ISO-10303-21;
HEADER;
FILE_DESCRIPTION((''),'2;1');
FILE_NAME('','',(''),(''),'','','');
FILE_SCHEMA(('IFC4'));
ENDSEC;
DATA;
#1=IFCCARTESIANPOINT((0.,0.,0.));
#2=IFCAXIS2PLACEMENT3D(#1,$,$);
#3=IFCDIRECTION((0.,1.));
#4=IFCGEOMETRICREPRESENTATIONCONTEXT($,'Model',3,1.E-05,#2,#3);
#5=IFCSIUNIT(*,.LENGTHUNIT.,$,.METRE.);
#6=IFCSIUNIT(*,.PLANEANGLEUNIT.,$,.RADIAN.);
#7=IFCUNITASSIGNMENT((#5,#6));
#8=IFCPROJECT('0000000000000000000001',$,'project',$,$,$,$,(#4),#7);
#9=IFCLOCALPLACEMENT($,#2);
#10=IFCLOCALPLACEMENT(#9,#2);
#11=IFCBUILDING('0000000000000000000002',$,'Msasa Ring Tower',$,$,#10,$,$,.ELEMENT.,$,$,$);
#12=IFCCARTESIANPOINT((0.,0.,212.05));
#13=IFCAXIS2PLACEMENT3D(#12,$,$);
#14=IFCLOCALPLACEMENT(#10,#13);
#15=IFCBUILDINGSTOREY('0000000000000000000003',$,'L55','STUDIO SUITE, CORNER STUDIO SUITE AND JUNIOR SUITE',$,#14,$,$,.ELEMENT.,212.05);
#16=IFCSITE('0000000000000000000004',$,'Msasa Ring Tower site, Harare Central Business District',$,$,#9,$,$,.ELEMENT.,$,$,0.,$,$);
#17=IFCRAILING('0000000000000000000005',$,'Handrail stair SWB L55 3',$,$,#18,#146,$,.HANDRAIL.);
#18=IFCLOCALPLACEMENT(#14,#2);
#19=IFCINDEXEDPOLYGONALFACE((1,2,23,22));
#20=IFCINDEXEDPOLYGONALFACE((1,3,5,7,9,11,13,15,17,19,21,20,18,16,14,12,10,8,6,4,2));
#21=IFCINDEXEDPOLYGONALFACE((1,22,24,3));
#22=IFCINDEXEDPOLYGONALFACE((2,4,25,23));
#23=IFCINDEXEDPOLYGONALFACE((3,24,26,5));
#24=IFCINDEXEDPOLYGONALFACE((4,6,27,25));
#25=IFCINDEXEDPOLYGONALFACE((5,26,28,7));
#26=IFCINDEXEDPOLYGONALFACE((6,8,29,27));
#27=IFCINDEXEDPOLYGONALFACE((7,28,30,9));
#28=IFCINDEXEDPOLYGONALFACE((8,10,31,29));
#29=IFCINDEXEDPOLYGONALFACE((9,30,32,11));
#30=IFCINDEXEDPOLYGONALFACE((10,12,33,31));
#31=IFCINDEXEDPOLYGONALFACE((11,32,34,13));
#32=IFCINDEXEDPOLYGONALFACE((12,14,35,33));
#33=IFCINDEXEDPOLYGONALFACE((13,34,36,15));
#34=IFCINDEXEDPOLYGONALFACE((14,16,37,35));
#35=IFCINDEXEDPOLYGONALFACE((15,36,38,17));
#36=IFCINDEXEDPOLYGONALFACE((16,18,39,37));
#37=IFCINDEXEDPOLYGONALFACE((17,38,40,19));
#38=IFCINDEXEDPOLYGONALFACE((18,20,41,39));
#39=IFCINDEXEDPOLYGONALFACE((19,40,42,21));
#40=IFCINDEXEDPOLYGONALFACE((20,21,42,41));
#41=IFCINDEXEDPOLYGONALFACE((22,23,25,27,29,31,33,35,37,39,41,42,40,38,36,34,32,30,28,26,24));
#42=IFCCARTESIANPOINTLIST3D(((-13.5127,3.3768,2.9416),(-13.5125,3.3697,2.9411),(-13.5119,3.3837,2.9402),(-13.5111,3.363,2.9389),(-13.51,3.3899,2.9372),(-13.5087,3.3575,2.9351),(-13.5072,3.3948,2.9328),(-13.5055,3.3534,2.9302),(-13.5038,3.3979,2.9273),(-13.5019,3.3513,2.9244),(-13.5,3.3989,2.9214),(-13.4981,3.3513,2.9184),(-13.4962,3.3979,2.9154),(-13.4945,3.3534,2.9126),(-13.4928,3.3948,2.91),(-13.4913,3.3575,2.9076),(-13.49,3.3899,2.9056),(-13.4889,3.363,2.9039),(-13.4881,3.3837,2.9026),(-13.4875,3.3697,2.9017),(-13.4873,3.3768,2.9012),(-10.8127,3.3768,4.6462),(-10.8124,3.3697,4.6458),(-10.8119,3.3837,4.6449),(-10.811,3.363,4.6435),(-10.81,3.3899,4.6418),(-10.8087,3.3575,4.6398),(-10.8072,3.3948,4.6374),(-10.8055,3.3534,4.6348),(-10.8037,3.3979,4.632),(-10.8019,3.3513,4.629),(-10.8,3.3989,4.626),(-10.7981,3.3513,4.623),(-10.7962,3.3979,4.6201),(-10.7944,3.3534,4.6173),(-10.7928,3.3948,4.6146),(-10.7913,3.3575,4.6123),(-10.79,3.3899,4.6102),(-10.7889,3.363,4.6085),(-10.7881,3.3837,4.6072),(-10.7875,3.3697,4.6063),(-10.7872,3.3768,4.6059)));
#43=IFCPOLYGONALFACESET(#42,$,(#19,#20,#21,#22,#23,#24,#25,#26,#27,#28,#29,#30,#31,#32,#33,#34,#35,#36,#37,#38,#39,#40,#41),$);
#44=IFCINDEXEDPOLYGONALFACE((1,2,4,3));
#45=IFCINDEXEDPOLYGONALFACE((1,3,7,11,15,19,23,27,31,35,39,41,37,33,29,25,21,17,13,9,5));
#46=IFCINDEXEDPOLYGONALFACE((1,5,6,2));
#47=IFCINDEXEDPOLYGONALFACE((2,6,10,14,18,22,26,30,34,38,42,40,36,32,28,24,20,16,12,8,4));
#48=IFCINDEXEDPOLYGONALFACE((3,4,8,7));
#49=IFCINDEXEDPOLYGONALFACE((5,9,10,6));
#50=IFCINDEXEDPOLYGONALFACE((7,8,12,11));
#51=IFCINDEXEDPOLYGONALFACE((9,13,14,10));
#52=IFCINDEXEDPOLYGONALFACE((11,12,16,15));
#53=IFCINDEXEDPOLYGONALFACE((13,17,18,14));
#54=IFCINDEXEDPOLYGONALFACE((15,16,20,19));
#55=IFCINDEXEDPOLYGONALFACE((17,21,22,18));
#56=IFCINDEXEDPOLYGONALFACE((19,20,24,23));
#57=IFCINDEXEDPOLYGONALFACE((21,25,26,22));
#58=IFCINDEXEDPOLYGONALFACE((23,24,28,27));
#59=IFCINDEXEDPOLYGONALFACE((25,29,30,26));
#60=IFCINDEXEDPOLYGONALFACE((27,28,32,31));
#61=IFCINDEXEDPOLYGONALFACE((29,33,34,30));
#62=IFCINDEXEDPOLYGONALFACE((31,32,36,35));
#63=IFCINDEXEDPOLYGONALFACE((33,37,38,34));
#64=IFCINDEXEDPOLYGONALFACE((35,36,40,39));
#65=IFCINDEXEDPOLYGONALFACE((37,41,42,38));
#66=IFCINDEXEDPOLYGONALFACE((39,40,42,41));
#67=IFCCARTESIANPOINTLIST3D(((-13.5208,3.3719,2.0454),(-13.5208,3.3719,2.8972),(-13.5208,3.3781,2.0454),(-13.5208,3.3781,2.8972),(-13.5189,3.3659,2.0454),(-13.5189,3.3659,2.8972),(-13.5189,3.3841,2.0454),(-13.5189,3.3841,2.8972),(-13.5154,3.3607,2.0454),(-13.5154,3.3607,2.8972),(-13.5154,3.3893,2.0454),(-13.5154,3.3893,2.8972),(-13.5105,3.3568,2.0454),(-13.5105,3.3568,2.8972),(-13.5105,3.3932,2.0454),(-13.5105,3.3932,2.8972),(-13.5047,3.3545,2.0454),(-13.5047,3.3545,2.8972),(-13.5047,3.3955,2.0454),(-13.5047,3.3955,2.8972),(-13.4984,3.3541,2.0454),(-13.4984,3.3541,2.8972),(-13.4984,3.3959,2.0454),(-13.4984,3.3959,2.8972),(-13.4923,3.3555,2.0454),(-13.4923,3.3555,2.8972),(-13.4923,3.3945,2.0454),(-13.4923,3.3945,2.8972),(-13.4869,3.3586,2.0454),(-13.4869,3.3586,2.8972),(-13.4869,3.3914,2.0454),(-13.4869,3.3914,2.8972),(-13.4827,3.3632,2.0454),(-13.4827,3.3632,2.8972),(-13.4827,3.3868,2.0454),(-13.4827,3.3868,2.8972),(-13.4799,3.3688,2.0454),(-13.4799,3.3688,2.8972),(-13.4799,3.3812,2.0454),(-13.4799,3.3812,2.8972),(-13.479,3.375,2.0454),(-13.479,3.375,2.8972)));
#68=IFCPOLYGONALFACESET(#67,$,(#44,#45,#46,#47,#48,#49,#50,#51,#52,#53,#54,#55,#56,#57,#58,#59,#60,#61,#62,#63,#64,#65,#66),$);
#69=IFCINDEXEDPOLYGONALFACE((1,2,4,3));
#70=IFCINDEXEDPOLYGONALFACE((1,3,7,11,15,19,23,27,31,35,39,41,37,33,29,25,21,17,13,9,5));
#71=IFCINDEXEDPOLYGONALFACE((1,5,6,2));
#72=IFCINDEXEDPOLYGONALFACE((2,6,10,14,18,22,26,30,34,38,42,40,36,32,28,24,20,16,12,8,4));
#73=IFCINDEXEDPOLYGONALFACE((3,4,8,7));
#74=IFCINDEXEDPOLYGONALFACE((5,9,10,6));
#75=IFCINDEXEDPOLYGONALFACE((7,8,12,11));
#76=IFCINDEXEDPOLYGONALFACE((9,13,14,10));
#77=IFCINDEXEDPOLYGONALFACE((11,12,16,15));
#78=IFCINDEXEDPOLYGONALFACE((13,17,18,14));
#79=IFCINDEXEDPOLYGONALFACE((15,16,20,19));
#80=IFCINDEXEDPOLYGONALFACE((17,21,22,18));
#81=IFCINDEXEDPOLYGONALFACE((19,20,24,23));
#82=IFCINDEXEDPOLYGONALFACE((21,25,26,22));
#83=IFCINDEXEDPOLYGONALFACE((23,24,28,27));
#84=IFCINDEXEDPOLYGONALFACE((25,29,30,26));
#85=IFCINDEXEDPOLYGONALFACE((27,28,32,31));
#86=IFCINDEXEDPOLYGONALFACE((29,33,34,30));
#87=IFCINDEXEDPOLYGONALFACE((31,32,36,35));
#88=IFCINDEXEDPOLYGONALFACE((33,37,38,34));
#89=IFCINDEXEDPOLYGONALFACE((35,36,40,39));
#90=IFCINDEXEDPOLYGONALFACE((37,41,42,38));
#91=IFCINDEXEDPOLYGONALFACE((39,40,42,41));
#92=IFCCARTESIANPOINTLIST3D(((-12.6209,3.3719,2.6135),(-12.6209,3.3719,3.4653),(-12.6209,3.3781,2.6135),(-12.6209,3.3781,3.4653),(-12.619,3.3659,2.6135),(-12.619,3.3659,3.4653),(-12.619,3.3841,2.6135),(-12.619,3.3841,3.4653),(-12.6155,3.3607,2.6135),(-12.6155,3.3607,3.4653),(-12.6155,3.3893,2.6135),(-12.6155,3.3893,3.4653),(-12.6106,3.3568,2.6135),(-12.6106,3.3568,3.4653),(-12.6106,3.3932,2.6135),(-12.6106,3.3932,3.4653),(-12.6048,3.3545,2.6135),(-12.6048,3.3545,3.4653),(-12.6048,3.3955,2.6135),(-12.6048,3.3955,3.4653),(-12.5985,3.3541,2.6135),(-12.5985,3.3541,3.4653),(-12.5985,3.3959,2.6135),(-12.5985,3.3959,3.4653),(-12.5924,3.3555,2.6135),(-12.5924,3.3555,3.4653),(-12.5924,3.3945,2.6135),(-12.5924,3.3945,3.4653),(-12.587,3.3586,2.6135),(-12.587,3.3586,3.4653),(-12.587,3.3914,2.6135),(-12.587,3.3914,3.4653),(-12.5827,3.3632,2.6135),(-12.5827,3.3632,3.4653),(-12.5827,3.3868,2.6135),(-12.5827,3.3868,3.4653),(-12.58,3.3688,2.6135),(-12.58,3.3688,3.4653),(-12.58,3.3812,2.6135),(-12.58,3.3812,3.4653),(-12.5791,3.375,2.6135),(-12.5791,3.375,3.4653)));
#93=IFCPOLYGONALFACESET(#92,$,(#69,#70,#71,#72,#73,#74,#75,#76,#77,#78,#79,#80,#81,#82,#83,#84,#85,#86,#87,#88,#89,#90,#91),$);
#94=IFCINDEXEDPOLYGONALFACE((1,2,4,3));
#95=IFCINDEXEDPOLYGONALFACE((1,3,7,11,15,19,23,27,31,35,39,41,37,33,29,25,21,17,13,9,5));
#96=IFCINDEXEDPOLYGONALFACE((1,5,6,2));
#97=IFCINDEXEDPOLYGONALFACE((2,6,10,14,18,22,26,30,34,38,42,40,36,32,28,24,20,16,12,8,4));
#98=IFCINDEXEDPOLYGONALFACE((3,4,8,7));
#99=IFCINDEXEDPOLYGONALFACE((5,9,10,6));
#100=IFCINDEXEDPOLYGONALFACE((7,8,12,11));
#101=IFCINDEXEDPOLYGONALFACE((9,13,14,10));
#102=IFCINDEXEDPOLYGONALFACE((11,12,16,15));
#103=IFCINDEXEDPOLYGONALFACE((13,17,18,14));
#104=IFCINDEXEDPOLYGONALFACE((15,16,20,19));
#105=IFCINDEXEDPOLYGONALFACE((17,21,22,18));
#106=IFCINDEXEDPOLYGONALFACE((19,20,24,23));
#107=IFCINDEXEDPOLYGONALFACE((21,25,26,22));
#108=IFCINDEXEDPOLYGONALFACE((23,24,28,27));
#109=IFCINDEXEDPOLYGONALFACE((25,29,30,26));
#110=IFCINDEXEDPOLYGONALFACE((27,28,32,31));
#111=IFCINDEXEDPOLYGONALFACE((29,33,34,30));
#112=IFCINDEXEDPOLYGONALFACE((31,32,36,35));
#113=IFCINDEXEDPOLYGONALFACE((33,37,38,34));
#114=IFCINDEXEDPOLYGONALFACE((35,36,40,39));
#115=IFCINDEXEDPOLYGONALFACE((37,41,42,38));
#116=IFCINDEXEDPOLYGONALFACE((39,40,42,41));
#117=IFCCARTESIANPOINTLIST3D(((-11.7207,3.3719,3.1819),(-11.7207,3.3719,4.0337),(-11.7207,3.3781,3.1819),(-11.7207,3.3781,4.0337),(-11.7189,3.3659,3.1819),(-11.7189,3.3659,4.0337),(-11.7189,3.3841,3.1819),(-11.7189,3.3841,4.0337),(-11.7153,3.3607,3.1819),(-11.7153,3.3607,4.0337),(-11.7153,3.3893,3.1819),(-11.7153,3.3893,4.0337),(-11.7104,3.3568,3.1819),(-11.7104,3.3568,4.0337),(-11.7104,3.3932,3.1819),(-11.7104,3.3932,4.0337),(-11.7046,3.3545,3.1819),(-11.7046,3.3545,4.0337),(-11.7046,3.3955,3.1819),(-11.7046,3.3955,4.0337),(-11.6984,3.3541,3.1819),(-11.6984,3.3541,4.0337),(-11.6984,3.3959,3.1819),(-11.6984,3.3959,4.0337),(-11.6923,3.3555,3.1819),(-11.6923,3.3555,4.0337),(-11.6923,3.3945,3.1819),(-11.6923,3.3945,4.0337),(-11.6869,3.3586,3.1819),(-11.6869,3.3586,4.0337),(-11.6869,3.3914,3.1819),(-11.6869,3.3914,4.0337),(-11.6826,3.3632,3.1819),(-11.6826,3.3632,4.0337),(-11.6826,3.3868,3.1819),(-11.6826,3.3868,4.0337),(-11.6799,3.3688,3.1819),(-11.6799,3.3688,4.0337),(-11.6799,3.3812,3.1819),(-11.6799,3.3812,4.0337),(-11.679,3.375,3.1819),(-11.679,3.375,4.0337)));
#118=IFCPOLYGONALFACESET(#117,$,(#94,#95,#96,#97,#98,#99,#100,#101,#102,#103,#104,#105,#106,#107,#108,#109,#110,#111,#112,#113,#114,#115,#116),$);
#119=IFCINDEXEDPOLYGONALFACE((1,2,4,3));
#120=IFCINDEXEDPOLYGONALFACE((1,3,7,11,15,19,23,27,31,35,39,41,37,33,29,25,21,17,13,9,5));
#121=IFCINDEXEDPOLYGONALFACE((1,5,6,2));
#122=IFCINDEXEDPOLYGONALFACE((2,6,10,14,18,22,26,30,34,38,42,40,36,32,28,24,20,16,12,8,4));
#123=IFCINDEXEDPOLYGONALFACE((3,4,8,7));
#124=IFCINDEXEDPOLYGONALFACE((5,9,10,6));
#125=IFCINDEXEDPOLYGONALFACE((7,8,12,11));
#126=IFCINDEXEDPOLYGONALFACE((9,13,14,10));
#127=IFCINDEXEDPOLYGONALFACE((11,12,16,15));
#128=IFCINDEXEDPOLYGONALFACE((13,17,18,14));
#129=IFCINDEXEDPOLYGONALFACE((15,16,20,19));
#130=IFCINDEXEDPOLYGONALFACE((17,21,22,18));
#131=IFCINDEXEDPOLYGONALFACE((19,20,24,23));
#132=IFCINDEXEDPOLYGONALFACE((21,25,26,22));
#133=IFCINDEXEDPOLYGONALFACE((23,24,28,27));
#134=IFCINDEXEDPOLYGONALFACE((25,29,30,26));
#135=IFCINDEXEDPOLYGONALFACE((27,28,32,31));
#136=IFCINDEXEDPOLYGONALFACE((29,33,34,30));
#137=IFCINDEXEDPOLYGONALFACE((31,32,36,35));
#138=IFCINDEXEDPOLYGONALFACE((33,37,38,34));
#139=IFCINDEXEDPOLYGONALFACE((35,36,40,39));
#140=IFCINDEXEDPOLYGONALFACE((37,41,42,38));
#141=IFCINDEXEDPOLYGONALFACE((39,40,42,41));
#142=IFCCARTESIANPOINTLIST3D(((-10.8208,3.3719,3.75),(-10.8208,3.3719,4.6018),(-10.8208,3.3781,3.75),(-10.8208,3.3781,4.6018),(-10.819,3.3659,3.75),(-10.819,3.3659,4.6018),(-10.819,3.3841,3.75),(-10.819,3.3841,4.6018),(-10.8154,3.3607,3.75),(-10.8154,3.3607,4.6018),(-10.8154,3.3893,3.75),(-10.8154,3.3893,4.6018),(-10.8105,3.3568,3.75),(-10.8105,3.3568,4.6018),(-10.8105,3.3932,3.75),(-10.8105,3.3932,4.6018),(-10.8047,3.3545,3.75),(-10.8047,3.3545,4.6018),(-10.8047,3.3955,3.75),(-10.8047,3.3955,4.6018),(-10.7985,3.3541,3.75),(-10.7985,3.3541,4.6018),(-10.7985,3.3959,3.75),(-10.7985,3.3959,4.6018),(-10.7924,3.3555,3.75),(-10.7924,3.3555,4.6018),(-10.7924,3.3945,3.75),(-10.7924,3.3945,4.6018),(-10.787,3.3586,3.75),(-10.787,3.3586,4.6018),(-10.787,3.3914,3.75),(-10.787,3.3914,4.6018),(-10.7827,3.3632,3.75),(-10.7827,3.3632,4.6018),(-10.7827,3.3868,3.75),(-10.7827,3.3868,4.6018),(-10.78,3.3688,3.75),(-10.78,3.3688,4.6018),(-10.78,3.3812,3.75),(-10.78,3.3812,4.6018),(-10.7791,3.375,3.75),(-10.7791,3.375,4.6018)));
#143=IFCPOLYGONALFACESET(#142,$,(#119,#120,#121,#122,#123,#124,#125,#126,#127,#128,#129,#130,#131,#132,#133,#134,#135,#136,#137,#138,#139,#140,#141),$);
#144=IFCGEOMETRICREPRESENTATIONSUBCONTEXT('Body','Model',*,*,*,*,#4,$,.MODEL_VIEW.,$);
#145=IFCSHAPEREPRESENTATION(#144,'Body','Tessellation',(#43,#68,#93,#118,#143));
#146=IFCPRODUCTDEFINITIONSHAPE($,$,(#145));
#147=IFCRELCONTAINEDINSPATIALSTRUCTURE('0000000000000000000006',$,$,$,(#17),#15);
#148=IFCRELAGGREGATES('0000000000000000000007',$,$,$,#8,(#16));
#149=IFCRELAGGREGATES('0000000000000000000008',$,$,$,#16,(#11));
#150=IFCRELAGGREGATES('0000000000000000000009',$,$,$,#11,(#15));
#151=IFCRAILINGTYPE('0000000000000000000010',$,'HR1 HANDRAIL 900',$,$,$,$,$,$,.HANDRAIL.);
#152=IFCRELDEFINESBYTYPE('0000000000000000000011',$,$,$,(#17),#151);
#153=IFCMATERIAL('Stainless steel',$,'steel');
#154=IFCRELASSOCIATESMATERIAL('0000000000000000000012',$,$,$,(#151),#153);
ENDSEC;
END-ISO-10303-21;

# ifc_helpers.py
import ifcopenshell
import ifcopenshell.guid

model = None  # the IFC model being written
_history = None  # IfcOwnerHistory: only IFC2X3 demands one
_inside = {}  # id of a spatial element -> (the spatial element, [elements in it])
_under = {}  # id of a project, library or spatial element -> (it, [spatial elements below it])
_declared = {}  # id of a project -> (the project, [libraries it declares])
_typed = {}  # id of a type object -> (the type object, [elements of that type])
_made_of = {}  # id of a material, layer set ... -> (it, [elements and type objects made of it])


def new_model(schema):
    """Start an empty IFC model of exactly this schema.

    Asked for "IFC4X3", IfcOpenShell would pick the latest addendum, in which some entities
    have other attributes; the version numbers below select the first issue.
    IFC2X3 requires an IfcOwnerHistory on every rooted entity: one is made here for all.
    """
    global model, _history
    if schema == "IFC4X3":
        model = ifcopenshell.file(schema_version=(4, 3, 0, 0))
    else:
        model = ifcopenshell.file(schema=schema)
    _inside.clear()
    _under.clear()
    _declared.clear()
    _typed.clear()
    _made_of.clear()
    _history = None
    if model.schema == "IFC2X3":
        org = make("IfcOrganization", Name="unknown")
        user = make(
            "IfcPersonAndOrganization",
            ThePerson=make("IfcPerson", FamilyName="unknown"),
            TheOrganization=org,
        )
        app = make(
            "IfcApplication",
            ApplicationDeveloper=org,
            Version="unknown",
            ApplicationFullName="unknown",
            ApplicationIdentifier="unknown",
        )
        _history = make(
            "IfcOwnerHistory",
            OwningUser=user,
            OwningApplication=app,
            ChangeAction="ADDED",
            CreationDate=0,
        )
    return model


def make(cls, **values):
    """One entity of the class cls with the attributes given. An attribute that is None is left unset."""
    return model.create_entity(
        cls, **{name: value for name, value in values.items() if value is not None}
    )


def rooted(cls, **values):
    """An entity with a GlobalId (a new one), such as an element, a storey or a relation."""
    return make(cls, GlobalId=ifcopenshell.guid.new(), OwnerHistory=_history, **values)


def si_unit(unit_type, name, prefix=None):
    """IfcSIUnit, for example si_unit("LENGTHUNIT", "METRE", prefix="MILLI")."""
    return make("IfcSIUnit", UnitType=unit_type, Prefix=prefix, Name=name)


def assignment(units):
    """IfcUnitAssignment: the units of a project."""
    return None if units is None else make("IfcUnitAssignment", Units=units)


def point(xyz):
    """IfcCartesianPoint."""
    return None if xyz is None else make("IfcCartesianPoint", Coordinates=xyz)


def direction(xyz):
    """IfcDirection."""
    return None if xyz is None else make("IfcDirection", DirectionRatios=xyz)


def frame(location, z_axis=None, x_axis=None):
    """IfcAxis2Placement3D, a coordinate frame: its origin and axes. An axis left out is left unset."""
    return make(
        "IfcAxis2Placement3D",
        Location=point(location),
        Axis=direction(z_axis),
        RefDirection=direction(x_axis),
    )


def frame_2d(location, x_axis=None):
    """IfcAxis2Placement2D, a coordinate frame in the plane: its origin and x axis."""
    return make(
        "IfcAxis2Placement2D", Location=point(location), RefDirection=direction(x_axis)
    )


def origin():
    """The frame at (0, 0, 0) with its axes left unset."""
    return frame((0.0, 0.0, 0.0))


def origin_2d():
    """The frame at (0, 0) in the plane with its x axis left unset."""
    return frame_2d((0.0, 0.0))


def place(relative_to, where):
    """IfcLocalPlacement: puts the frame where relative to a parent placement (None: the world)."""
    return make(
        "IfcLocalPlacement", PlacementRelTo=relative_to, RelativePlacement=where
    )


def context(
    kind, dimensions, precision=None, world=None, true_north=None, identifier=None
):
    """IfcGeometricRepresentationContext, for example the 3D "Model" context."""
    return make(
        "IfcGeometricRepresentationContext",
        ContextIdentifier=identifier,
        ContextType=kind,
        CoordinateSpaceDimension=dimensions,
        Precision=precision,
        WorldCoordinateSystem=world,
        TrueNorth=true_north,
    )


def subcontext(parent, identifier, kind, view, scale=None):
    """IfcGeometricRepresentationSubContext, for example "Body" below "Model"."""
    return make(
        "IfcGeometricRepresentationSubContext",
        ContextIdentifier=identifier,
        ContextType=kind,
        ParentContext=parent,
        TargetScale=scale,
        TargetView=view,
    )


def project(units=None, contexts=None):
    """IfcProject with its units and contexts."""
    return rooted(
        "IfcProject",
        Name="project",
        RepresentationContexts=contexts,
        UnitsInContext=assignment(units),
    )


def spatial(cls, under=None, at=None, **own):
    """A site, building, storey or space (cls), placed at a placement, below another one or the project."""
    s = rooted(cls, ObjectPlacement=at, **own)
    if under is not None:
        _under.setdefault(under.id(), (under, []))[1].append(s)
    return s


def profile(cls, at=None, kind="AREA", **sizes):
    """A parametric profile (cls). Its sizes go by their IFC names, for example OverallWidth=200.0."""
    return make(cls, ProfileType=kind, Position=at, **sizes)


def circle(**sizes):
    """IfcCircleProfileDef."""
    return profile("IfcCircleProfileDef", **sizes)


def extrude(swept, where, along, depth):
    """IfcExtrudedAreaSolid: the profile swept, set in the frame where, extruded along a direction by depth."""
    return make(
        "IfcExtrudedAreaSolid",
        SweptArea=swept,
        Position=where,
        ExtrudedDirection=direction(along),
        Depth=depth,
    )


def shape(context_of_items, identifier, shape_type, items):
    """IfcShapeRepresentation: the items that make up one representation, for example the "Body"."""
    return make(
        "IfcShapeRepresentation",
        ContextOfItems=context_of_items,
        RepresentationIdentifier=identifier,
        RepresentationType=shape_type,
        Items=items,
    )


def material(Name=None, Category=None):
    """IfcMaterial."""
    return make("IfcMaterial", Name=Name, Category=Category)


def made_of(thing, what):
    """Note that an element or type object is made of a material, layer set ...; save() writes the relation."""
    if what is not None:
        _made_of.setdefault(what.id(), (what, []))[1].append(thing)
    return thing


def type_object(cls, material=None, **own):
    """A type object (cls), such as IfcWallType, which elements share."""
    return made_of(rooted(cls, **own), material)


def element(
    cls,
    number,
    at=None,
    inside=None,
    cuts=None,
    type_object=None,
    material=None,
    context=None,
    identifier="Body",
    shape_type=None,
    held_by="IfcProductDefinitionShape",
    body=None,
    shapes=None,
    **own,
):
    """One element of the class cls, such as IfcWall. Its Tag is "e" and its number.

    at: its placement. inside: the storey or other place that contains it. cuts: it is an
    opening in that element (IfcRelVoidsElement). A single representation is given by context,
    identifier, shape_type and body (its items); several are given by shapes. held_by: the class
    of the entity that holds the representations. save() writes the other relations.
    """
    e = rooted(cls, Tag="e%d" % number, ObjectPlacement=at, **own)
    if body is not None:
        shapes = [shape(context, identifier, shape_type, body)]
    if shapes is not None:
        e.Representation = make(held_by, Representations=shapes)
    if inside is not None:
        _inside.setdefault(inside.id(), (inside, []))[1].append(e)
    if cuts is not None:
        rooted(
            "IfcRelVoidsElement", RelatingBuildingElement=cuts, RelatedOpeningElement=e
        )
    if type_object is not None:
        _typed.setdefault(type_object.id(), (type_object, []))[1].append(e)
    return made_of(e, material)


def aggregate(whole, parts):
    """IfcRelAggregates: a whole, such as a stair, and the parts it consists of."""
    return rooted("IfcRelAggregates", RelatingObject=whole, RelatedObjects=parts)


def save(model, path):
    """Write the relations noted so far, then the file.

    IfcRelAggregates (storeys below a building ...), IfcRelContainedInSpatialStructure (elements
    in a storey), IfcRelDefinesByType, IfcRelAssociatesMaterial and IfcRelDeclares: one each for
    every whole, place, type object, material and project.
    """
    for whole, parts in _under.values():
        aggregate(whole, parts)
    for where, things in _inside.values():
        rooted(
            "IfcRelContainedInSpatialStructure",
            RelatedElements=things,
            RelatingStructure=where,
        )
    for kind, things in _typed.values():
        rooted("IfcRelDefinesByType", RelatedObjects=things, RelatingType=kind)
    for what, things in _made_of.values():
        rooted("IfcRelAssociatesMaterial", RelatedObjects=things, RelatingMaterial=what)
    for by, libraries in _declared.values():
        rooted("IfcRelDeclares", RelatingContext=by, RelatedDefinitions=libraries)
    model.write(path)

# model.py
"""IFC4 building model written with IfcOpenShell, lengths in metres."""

from ifc_helpers import new_model, si_unit, direction, frame, origin, origin_2d, place, context, subcontext, project, spatial, circle, extrude, material, type_object, element, save


model = new_model("IFC4")

# Units and contexts
model_context = context("Model", 3, precision=1e-05, world=origin(), true_north=direction((0.0, 1.0)))
body_context = subcontext(model_context, "Body", "Model", "MODEL_VIEW")
ifc_project = project(units=[si_unit("LENGTHUNIT", "METRE"), si_unit("PLANEANGLEUNIT", "RADIAN")], contexts=[model_context])

# Site, building, storey
site_placement = place(None, origin())
site = spatial("IfcSite", under=ifc_project, at=site_placement, Name="Msasa Ring Tower site, Harare Central Business District", CompositionType="ELEMENT", RefElevation=0.0)
building_placement = place(site_placement, origin())
building = spatial("IfcBuilding", under=site, at=building_placement, Name="Msasa Ring Tower", CompositionType="ELEMENT")
storey_placement = place(building_placement, frame((0.0, 0.0, 212.05)))
storey = spatial("IfcBuildingStorey", under=building, at=storey_placement, Name="L55", Description="STUDIO SUITE, CORNER STUDIO SUITE AND JUNIOR SUITE", CompositionType="ELEMENT", Elevation=212.05)

# Railing
ifc_material_1 = material(Name="Stainless steel", Category="steel")
railing_type = type_object("IfcRailingType", Name="HR1 HANDRAIL 900", PredefinedType="HANDRAIL", material=ifc_material_1)
for number, where, name in (
    (1, (-13.5, 3.375, 2.0454), "Handrail stair SWB L55 3"),
):
    element("IfcRailing", number, at=place(storey_placement, frame(where)), inside=storey, type_object=railing_type, Name=name, PredefinedType="HANDRAIL", context=body_context, shape_type="SweptSolid", body=[
        extrude(circle(Radius=0.0239, at=origin_2d()), frame((0.0, 0.0, 0.876), z_axis=(0.84558, 0.0, 0.533849), x_axis=(0.0, 1.0, 0.0)), (0.0, 0.0, 1.0), 3.1931),
        extrude(circle(Radius=0.021, at=origin_2d()), origin(), (0.0, 0.0, 1.0), 0.8518),
        extrude(circle(Radius=0.021, at=origin_2d()), frame((0.8999, 0.0, 0.5681)), (0.0, 0.0, 1.0), 0.8518),
        extrude(circle(Radius=0.021, at=origin_2d()), frame((1.8, 0.0, 1.1365)), (0.0, 0.0, 1.0), 0.8518),
        extrude(circle(Radius=0.021, at=origin_2d()), frame((2.7, 0.0, 1.7046)), (0.0, 0.0, 1.0), 0.8518),
    ])

save(model, "model.ifc")
